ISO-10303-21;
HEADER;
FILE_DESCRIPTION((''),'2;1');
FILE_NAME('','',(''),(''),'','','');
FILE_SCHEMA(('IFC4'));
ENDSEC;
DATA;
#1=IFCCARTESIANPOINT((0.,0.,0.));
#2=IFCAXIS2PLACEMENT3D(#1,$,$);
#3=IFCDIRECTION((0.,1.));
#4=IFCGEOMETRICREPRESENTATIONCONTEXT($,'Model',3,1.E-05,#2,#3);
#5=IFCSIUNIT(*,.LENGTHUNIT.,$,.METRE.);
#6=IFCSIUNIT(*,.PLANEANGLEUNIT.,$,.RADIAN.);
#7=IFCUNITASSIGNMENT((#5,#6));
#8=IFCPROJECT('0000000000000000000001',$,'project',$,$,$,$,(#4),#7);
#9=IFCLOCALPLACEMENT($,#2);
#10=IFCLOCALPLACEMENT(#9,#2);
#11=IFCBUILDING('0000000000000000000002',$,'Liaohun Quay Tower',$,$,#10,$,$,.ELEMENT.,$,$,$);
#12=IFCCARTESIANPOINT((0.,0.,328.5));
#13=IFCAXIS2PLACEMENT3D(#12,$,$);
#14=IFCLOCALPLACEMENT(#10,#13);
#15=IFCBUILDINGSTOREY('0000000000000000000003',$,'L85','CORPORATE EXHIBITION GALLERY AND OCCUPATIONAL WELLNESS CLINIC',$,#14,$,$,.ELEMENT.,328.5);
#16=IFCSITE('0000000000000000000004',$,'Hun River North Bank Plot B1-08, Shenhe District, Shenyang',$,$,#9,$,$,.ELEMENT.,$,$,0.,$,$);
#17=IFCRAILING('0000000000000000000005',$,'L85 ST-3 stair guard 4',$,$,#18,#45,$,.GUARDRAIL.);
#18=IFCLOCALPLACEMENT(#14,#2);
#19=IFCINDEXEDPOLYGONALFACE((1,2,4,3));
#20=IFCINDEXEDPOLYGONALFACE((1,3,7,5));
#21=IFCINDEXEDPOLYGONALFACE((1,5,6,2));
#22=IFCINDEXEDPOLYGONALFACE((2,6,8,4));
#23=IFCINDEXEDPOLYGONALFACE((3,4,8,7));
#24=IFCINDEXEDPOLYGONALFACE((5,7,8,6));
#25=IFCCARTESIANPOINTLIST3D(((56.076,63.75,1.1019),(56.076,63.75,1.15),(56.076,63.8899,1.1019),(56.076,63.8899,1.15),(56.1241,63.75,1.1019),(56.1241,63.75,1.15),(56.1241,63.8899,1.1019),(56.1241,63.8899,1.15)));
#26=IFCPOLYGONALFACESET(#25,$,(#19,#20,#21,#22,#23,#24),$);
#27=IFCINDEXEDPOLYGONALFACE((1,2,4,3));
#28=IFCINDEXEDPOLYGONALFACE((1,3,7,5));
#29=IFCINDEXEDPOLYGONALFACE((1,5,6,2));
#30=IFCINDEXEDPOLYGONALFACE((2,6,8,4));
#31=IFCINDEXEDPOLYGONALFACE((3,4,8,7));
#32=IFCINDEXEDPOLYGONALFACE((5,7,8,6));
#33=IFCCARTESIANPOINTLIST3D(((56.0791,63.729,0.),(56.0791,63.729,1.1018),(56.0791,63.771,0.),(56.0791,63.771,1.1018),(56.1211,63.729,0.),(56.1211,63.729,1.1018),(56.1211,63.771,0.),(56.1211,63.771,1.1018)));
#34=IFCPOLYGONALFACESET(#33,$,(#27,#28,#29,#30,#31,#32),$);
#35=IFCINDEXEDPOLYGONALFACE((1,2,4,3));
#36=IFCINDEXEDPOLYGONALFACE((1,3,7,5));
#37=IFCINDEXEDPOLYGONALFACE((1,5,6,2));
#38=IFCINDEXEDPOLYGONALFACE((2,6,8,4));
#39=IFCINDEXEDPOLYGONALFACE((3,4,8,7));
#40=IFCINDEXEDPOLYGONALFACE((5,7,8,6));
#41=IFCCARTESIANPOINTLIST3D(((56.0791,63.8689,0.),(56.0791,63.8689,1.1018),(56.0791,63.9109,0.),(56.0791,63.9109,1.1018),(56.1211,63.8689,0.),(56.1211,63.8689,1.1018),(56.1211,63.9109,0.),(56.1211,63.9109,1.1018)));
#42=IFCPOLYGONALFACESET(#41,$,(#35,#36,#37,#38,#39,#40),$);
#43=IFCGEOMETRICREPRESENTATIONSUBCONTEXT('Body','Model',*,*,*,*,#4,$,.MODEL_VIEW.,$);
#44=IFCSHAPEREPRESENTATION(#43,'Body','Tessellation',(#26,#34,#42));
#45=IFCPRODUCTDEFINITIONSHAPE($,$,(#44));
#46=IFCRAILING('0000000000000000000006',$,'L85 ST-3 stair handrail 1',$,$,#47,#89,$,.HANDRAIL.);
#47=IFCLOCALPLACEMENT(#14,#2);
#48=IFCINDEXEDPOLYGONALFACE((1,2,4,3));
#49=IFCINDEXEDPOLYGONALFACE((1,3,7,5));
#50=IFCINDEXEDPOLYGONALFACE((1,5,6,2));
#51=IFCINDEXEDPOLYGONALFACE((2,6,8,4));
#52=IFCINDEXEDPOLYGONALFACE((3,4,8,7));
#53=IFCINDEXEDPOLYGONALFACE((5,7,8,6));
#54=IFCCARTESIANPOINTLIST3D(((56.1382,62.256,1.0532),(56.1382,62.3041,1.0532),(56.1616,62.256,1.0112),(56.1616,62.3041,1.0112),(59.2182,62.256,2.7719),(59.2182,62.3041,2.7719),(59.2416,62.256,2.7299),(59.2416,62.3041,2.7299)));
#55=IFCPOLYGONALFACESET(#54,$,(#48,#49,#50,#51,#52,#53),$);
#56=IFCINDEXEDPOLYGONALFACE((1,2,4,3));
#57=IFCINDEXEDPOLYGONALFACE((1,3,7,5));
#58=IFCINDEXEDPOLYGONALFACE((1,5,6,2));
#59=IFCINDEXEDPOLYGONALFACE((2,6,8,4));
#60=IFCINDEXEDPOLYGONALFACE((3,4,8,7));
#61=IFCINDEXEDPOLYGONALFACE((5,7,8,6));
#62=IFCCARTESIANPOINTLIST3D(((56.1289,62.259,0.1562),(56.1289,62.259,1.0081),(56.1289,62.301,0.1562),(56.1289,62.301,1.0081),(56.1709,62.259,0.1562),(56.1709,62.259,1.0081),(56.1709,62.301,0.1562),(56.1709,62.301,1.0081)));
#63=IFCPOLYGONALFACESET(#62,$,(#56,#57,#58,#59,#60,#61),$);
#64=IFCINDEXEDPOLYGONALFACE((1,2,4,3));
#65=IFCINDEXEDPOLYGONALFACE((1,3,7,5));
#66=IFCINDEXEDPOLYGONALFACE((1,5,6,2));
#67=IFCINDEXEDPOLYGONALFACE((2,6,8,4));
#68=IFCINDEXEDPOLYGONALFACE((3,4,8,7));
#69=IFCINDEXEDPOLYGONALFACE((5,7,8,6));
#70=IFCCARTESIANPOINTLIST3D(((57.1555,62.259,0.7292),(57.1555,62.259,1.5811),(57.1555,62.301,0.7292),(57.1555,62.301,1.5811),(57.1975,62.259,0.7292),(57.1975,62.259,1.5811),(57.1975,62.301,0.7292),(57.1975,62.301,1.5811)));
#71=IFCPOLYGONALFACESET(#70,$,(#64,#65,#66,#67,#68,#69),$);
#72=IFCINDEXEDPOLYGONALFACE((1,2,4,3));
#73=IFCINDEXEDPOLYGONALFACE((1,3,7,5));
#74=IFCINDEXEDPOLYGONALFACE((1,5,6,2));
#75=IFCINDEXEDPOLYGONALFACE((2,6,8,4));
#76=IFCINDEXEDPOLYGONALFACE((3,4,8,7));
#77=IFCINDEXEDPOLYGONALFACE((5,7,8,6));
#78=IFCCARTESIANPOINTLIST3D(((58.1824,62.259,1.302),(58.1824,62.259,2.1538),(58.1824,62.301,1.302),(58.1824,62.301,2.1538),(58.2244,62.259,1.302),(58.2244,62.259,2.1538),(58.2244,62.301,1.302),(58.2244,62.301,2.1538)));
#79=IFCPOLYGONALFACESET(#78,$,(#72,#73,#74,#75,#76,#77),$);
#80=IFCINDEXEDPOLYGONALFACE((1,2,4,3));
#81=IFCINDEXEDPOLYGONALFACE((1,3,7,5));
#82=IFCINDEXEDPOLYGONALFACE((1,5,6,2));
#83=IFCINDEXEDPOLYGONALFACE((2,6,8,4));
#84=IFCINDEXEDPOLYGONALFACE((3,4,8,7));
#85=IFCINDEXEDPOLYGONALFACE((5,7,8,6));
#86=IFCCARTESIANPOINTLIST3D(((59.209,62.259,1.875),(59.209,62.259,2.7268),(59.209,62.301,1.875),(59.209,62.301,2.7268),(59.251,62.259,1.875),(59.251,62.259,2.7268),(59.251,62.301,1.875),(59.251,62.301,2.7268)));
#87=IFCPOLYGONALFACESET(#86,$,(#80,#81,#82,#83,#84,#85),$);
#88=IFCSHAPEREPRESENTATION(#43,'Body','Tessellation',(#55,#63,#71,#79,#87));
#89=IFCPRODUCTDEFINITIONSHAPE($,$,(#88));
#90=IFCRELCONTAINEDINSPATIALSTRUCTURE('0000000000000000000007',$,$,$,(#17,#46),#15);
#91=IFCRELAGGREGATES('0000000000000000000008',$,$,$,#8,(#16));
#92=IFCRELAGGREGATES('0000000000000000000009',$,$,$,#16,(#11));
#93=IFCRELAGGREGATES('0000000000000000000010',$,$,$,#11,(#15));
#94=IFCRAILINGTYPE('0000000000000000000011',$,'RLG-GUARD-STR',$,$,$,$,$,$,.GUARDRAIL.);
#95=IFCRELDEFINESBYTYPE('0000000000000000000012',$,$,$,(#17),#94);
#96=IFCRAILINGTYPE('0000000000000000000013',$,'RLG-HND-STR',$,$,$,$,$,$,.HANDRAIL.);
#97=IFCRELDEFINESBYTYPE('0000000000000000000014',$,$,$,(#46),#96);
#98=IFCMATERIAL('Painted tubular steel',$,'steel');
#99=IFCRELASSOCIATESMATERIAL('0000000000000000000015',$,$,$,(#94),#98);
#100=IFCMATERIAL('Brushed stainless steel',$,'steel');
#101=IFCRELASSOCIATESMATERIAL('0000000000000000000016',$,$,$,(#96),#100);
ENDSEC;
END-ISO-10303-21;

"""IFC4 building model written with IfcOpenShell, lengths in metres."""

from ifc_helpers import new_model, si_unit, direction, frame, origin, origin_2d, place, context, subcontext, project, spatial, rectangle, extrude, material, type_object, element, save


model = new_model("IFC4")

# Units and contexts
model_context = context("Model", 3, precision=1e-05, world=origin(), true_north=direction((0.0, 1.0)))
body_context = subcontext(model_context, "Body", "Model", "MODEL_VIEW")
ifc_project = project(units=[si_unit("LENGTHUNIT", "METRE"), si_unit("PLANEANGLEUNIT", "RADIAN")], contexts=[model_context])

# Site, building, storey
site_placement = place(None, origin())
site = spatial("IfcSite", under=ifc_project, at=site_placement, Name="Hun River North Bank Plot B1-08, Shenhe District, Shenyang", CompositionType="ELEMENT", RefElevation=0.0)
building_placement = place(site_placement, origin())
building = spatial("IfcBuilding", under=site, at=building_placement, Name="Liaohun Quay Tower", CompositionType="ELEMENT")
storey_placement = place(building_placement, frame((0.0, 0.0, 328.5)))
storey = spatial("IfcBuildingStorey", under=building, at=storey_placement, Name="L85", Description="CORPORATE EXHIBITION GALLERY AND OCCUPATIONAL WELLNESS CLINIC", CompositionType="ELEMENT", Elevation=328.5)

# Railings
ifc_material_1 = material(Name="Painted tubular steel", Category="steel")
railing_type_1 = type_object("IfcRailingType", Name="RLG-GUARD-STR", PredefinedType="GUARDRAIL", material=ifc_material_1)
railing_1_placement = place(storey_placement, frame((56.1001, 63.75, 0.0)))
element("IfcRailing", 1, at=railing_1_placement, inside=storey, type_object=railing_type_1, Name="L85 ST-3 stair guard 4", PredefinedType="GUARDRAIL", context=body_context, shape_type="SweptSolid", body=[
    extrude(rectangle(XDim=0.0481, YDim=0.0481, at=origin_2d()), frame((0.0, 0.0, 1.126), z_axis=(0.0, 1.0, 0.0), x_axis=(-1.0, 0.0, 0.0)), (0.0, 0.0, 1.0), 0.1399),
    extrude(rectangle(XDim=0.042, YDim=0.042, at=origin_2d()), origin(), (0.0, 0.0, 1.0), 1.1018),
    extrude(rectangle(XDim=0.042, YDim=0.042, at=origin_2d()), frame((0.0, 0.1399, 0.0)), (0.0, 0.0, 1.0), 1.1018),
])
ifc_material_2 = material(Name="Brushed stainless steel", Category="steel")
railing_type_2 = type_object("IfcRailingType", Name="RLG-HND-STR", PredefinedType="HANDRAIL", material=ifc_material_2)
railing_2_placement = place(storey_placement, frame((56.1499, 62.28, 0.1562)))
element("IfcRailing", 2, at=railing_2_placement, inside=storey, type_object=railing_type_2, Name="L85 ST-3 stair handrail 1", PredefinedType="HANDRAIL", context=body_context, shape_type="SweptSolid", body=[
    extrude(rectangle(XDim=0.0481, YDim=0.0481, at=origin_2d()), frame((0.0, 0.0, 0.876), z_axis=(0.873242, 0.0, 0.487288), x_axis=(0.0, 1.0, 0.0)), (0.0, 0.0, 1.0), 3.5271),
    extrude(rectangle(XDim=0.042, YDim=0.042, at=origin_2d()), origin(), (0.0, 0.0, 1.0), 0.8518),
    extrude(rectangle(XDim=0.042, YDim=0.042, at=origin_2d()), frame((1.0266, 0.0, 0.573)), (0.0, 0.0, 1.0), 0.8518),
    extrude(rectangle(XDim=0.042, YDim=0.042, at=origin_2d()), frame((2.0535, 0.0, 1.1458)), (0.0, 0.0, 1.0), 0.8518),
    extrude(rectangle(XDim=0.042, YDim=0.042, at=origin_2d()), frame((3.0801, 0.0, 1.7188)), (0.0, 0.0, 1.0), 0.8518),
])

save(model, "model.ifc")
